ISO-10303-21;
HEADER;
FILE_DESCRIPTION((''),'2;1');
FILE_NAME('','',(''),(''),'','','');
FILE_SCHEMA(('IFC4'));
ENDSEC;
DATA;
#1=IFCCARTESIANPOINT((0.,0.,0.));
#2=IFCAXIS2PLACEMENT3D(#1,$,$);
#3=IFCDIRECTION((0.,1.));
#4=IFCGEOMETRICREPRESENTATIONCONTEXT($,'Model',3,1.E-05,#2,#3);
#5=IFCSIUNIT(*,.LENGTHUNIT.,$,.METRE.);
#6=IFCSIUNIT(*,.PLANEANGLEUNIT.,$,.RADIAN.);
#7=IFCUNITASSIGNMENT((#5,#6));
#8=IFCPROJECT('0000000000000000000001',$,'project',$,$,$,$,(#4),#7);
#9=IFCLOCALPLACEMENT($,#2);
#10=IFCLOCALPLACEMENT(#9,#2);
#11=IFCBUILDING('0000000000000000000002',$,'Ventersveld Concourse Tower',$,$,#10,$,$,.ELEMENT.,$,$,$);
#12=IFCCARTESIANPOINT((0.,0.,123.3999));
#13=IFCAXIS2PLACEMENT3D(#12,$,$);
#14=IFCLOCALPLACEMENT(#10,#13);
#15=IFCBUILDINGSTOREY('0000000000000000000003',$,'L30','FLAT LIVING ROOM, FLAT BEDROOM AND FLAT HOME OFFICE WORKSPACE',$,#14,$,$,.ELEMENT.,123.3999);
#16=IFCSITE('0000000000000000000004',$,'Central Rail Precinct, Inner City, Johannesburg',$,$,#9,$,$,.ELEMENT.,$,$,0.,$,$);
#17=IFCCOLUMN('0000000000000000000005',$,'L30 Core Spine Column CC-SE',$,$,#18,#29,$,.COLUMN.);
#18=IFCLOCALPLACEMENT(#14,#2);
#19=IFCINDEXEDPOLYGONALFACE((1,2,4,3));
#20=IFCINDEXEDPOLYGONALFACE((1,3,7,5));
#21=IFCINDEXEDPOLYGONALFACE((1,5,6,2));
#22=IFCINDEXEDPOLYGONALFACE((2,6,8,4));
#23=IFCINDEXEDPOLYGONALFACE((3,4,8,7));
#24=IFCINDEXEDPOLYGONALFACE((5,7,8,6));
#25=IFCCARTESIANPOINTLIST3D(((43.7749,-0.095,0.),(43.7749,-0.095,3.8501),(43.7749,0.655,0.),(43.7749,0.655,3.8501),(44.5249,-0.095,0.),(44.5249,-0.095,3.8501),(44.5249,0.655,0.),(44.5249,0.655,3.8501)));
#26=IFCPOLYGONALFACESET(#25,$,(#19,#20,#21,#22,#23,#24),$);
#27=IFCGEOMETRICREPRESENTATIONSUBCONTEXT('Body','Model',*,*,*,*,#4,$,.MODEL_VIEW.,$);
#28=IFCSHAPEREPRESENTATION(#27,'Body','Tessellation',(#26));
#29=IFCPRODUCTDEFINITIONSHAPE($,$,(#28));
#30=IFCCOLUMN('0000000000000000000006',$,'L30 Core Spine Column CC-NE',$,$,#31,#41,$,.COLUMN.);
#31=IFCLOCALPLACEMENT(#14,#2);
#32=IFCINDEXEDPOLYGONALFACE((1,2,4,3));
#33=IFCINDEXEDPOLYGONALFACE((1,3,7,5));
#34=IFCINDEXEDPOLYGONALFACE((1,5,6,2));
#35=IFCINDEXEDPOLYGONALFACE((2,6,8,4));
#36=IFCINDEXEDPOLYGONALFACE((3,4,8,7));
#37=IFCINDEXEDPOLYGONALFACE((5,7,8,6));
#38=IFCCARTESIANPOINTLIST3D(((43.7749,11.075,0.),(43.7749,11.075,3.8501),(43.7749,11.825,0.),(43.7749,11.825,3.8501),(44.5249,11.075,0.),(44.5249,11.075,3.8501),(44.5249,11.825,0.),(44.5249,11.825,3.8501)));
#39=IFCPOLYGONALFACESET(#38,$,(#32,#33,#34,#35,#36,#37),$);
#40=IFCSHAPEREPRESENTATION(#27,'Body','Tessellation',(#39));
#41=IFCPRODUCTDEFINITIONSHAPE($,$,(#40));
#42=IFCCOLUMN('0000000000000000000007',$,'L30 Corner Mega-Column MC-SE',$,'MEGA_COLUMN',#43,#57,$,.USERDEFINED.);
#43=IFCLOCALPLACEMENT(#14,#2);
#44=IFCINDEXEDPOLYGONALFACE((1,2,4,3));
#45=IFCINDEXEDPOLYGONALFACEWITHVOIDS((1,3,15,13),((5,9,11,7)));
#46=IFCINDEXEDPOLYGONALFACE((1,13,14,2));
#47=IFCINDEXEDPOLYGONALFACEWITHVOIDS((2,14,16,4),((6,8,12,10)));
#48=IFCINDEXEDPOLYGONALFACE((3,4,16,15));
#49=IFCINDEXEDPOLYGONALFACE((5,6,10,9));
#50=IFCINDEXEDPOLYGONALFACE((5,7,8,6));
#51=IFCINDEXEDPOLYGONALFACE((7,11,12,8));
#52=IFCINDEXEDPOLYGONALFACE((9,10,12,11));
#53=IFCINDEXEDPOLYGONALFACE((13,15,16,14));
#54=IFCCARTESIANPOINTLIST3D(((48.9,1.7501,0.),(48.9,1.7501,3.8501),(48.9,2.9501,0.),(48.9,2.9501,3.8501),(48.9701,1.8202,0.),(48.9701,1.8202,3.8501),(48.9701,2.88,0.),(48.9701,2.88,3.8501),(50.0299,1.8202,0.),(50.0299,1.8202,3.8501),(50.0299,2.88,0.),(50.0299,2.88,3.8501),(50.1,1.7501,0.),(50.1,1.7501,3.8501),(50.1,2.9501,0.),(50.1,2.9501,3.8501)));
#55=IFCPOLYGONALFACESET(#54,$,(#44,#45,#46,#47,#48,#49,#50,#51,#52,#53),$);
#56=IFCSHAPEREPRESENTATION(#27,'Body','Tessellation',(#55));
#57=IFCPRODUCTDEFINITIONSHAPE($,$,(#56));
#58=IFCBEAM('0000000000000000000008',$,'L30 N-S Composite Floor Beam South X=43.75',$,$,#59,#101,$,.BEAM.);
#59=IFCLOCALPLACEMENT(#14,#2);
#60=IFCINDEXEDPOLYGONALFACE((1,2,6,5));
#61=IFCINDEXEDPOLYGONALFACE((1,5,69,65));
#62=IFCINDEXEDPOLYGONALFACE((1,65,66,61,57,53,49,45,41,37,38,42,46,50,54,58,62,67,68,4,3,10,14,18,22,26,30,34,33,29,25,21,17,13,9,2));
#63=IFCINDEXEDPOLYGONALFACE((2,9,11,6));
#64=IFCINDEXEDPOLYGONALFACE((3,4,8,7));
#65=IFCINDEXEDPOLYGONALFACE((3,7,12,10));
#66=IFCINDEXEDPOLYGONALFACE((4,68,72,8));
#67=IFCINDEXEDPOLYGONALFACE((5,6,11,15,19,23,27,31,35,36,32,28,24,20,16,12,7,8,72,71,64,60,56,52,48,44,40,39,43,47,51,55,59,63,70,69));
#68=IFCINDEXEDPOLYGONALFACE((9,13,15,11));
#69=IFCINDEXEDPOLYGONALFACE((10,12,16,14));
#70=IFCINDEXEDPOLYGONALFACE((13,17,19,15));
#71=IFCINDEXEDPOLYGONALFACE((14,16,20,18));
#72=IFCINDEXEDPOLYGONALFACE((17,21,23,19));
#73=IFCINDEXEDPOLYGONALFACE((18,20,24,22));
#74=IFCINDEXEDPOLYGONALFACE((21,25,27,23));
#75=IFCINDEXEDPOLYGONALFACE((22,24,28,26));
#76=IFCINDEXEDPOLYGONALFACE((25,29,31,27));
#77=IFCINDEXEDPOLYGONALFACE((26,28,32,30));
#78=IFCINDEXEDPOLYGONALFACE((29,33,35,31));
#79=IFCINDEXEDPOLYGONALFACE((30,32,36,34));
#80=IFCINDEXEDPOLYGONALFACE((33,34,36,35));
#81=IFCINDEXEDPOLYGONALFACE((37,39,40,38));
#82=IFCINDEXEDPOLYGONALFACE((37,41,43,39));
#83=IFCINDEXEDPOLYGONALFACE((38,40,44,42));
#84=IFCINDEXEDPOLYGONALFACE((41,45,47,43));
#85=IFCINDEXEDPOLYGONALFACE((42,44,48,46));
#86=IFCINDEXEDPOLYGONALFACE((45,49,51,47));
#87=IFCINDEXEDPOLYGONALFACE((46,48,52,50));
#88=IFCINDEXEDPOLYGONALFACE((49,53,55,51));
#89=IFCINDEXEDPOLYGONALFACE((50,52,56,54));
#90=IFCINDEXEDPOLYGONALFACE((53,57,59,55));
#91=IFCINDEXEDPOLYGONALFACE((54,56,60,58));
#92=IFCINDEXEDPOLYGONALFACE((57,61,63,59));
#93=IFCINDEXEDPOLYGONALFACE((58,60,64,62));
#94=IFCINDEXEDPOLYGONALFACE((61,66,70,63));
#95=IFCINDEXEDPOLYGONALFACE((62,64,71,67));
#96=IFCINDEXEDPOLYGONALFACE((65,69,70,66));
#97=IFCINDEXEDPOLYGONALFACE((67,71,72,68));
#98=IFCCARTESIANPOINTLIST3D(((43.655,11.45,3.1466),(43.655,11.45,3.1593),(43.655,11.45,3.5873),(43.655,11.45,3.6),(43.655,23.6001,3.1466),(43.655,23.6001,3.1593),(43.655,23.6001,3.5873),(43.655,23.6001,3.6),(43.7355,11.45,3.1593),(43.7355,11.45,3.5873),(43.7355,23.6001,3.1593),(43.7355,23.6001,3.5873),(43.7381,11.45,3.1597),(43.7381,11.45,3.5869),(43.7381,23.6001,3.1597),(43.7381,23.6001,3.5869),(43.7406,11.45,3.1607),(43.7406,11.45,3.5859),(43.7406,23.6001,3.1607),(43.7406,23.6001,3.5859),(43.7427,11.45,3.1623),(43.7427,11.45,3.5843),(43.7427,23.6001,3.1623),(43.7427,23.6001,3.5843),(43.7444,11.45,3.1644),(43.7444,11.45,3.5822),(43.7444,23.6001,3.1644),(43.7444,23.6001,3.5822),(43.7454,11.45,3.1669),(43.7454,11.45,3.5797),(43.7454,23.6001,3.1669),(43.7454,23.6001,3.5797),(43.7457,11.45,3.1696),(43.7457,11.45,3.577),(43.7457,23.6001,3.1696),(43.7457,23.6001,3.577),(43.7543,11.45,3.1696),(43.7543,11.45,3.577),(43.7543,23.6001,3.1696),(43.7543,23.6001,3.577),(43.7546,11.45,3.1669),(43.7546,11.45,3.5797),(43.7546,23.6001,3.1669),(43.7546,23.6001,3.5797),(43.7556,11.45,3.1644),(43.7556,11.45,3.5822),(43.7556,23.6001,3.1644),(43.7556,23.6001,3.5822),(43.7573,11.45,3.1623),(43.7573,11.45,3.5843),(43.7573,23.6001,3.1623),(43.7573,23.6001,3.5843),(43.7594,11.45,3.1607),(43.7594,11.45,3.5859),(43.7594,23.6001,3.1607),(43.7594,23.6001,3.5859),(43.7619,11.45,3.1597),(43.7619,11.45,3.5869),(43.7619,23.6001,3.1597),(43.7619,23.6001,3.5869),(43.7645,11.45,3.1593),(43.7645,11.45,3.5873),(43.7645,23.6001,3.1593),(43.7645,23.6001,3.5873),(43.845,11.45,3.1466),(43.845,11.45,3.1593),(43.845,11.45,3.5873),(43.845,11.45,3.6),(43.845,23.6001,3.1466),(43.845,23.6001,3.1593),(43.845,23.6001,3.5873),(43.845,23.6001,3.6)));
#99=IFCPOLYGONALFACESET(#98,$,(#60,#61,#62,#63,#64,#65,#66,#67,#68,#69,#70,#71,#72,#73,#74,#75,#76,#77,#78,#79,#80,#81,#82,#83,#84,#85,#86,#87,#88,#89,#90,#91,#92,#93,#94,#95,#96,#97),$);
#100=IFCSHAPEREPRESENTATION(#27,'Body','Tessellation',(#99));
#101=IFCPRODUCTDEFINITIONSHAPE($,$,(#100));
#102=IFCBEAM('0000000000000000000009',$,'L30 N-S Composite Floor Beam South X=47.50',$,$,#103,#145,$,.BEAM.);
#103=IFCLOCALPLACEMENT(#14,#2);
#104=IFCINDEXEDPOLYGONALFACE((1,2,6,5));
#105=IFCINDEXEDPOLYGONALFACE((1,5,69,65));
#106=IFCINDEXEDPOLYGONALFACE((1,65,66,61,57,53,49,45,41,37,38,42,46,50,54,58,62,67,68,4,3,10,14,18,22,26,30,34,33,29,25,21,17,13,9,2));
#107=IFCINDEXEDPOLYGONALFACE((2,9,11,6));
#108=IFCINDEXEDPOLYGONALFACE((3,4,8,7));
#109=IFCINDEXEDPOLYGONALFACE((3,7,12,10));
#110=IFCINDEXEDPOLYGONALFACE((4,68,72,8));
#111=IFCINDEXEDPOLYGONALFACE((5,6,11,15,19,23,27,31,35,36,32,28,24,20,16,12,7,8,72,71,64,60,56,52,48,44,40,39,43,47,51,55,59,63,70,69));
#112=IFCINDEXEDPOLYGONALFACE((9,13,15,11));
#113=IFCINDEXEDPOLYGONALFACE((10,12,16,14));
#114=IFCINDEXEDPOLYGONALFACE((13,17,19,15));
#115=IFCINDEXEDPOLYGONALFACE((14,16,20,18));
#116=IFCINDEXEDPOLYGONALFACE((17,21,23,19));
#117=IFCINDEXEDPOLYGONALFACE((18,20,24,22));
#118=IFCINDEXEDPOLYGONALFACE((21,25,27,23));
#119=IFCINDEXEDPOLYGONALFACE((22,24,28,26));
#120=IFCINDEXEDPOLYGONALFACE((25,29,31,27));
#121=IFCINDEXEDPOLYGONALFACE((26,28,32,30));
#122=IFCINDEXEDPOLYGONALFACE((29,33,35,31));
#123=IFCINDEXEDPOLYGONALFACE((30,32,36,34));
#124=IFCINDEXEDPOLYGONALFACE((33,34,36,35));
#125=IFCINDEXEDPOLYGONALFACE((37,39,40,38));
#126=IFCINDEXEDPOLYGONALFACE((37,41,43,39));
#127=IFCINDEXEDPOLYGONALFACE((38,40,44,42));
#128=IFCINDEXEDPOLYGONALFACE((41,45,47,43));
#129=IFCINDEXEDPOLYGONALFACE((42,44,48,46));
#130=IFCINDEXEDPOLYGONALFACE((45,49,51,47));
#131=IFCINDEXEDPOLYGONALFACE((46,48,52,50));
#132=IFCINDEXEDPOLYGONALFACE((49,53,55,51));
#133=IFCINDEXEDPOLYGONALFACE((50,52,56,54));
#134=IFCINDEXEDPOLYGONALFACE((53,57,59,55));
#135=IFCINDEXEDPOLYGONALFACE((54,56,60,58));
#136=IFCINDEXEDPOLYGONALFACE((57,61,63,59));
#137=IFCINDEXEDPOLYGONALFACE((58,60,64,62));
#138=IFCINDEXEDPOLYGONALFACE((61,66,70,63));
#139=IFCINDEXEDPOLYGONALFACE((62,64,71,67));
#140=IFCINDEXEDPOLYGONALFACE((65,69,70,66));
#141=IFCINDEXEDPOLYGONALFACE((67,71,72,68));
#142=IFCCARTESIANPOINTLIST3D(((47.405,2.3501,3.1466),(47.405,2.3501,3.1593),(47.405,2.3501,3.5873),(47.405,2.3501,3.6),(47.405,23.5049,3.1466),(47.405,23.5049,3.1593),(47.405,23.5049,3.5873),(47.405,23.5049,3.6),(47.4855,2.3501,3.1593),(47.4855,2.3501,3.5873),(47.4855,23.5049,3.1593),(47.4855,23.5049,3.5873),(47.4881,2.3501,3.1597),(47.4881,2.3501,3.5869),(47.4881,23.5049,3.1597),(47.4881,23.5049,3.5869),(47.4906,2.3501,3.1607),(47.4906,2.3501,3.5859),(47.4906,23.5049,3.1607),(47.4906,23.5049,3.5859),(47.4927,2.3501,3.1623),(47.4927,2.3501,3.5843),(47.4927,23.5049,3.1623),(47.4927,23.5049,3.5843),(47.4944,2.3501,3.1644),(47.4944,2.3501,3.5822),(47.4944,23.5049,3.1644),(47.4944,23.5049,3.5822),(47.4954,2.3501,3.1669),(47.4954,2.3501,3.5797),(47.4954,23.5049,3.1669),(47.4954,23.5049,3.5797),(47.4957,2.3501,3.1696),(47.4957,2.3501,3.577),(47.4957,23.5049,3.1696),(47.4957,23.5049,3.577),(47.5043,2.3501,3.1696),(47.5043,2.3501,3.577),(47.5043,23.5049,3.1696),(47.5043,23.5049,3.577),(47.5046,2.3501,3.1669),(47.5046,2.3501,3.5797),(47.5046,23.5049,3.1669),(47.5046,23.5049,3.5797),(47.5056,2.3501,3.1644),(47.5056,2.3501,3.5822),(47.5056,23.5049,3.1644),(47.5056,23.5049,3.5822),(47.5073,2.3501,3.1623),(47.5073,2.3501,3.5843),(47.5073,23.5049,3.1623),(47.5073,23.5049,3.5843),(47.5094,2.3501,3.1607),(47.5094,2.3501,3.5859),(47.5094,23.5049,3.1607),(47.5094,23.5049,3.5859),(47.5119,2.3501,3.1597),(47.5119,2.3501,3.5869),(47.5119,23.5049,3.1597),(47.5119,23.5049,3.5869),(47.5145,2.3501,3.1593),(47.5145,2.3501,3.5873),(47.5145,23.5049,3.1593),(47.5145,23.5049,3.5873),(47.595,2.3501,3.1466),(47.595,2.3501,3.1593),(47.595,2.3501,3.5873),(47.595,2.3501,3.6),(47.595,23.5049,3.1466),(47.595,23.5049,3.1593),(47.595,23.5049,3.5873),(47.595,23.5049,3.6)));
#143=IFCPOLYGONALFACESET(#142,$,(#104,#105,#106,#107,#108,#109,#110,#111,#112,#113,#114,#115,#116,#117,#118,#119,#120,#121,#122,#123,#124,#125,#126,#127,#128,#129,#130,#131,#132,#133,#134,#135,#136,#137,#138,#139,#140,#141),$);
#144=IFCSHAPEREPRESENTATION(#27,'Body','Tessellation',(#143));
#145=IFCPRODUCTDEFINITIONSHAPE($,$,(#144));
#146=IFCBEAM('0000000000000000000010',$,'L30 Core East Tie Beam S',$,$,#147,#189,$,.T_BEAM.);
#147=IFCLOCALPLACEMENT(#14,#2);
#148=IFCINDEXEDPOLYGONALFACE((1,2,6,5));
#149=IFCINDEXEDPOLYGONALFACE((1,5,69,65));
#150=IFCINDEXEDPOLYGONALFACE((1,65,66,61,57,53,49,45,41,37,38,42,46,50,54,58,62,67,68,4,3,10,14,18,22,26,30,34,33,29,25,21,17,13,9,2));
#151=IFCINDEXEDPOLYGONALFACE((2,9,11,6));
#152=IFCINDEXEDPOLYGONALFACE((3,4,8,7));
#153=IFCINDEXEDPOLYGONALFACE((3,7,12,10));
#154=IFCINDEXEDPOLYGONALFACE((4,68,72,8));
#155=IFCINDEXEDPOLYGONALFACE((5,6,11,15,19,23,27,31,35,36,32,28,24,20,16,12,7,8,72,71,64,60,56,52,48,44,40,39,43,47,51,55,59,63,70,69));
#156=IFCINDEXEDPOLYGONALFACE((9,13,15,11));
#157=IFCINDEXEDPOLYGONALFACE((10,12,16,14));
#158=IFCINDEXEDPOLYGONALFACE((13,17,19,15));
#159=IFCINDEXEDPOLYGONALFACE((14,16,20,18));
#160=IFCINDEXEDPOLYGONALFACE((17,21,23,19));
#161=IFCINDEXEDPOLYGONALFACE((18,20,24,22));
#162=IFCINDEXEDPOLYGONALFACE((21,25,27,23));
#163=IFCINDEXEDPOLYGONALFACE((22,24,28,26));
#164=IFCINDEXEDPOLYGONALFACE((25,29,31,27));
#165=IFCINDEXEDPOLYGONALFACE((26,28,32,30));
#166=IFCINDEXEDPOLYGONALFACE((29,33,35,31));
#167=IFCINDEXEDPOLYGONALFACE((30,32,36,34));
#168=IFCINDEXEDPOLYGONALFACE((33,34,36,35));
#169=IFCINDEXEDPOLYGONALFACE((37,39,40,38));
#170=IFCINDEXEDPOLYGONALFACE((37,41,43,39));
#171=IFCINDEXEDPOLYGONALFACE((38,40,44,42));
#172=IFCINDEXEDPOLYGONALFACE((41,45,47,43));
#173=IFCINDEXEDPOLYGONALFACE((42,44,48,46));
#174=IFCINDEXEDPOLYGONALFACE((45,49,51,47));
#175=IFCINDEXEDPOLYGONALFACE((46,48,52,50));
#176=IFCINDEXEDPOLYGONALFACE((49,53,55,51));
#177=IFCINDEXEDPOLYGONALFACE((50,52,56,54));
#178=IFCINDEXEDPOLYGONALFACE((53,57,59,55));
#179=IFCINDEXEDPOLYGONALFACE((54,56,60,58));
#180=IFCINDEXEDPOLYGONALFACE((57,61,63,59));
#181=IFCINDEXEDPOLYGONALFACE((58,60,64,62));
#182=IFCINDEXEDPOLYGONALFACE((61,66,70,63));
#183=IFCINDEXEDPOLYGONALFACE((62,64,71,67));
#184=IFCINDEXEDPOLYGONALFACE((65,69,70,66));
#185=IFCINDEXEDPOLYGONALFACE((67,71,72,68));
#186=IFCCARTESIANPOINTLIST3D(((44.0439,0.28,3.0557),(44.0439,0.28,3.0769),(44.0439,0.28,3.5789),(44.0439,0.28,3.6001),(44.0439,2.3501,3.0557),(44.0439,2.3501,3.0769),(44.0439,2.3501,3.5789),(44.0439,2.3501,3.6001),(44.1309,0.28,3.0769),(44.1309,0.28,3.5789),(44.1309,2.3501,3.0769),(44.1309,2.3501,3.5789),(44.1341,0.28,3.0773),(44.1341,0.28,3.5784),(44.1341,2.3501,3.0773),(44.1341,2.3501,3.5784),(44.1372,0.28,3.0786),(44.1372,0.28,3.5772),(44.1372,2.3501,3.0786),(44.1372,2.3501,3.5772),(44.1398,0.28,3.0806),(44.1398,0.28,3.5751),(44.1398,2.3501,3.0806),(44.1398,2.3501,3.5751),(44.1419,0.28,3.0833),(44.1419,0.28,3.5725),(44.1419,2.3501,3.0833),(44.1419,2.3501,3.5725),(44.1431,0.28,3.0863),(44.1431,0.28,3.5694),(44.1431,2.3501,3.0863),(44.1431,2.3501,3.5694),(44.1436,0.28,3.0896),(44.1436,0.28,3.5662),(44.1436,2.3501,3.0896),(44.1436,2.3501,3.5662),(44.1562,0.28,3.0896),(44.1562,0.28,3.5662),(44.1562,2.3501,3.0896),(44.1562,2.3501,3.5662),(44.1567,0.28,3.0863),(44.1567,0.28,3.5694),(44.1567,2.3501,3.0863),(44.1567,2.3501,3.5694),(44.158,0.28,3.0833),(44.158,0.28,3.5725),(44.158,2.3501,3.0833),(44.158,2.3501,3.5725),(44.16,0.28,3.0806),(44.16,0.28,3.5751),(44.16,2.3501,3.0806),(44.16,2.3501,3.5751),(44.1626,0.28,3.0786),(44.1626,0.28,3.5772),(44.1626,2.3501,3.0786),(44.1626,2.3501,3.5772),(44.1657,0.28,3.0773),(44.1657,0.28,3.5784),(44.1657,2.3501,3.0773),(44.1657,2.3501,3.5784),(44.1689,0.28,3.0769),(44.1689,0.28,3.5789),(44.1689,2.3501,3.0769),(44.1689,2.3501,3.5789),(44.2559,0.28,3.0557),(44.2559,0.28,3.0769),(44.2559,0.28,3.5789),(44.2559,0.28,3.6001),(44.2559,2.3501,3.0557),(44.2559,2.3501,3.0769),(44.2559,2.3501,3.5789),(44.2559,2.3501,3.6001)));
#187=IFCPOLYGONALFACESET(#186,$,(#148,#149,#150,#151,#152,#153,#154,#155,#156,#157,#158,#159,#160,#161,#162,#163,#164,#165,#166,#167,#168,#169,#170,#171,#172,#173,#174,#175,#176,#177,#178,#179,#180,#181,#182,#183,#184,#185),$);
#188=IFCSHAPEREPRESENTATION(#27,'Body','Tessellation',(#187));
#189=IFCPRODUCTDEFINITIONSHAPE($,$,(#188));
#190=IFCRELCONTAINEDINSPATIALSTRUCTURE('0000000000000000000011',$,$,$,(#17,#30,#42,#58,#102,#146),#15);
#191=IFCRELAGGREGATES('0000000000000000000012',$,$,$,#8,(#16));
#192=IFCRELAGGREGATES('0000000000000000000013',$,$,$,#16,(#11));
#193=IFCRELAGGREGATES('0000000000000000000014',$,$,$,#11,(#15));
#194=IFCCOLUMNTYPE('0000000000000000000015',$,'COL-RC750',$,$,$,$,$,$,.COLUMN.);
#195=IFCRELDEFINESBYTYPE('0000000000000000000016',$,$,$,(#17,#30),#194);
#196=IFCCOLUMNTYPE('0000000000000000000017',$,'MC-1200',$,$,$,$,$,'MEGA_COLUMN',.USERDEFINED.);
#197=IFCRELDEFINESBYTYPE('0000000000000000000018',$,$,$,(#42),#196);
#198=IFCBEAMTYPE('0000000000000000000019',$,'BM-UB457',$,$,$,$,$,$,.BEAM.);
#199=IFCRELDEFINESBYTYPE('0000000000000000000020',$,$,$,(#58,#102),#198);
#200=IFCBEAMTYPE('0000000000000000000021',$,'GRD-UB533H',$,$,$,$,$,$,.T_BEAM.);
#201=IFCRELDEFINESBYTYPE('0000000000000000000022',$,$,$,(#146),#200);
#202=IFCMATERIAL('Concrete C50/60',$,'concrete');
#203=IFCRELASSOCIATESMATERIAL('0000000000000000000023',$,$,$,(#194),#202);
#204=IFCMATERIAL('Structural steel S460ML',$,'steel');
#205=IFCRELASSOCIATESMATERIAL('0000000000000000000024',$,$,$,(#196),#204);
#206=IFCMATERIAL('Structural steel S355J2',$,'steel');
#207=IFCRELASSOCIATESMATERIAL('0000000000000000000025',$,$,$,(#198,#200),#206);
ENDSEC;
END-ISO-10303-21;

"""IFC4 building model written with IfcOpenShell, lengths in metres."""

from ifc_helpers import new_model, si_unit, direction, frame, origin, origin_2d, place, context, subcontext, project, spatial, rectangle, hollow_rectangle, i_section, extrude, material, material_profile, profile_set, type_object, element, save


model = new_model("IFC4")

# Units and contexts
model_context = context("Model", 3, precision=1e-05, world=origin(), true_north=direction((0.0, 1.0)))
body_context = subcontext(model_context, "Body", "Model", "MODEL_VIEW")
ifc_project = project(units=[si_unit("LENGTHUNIT", "METRE"), si_unit("PLANEANGLEUNIT", "RADIAN")], contexts=[model_context])

# Site, building, storey
site_placement = place(None, origin())
site = spatial("IfcSite", under=ifc_project, at=site_placement, Name="Central Rail Precinct, Inner City, Johannesburg", CompositionType="ELEMENT", RefElevation=0.0)
building_placement = place(site_placement, origin())
building = spatial("IfcBuilding", under=site, at=building_placement, Name="Ventersveld Concourse Tower", CompositionType="ELEMENT")
storey_placement = place(building_placement, frame((0.0, 0.0, 123.3999)))
storey = spatial("IfcBuildingStorey", under=building, at=storey_placement, Name="L30", Description="FLAT LIVING ROOM, FLAT BEDROOM AND FLAT HOME OFFICE WORKSPACE", CompositionType="ELEMENT", Elevation=123.3999)

# Columns
ifc_material_1 = material(Name="Concrete C50/60", Category="concrete")
ifc_material_profile_1 = material_profile(ifc_material_1, rectangle(XDim=0.75, YDim=0.75, at=origin_2d()), Name="RC 750x750")
ifc_profile_set_1 = profile_set([ifc_material_profile_1], Name="Concrete C50/60")
column_type_1 = type_object("IfcColumnType", Name="COL-RC750", PredefinedType="COLUMN", material=ifc_profile_set_1)
for number, where, z_axis, x_axis, name in (
    (1, (44.1499, 0.28, 0.0), (0.0, 0.0, 1.0), (1.0, 0.0, 0.0), "L30 Core Spine Column CC-SE"),
    (2, (44.1499, 11.45, 0.0), (0.0, 0.0, 1.0), (1.0, 0.0, 0.0), "L30 Core Spine Column CC-NE"),
):
    element("IfcColumn", number, at=place(storey_placement, frame(where, z_axis=z_axis, x_axis=x_axis)), inside=storey, type_object=column_type_1, Name=name, PredefinedType="COLUMN", context=body_context, shape_type="SweptSolid", body=[
        extrude(rectangle(XDim=0.75, YDim=0.75, at=origin_2d()), origin(), (0.0, 0.0, 1.0), 3.8501),
    ])
ifc_material_2 = material(Name="Structural steel S460ML", Category="steel")
ifc_material_profile_2 = material_profile(ifc_material_2, hollow_rectangle(XDim=1.2, YDim=1.2, WallThickness=0.0701, at=origin_2d()), Name="BOX 1200x1200x70")
ifc_profile_set_2 = profile_set([ifc_material_profile_2], Name="Structural steel S460ML")
column_type_2 = type_object("IfcColumnType", Name="MC-1200", ElementType="MEGA_COLUMN", PredefinedType="USERDEFINED", material=ifc_profile_set_2)
column_placement = place(storey_placement, frame((49.5, 2.3501, 0.0), z_axis=(0.0, 0.0, 1.0), x_axis=(1.0, 0.0, 0.0)))
element("IfcColumn", 3, at=column_placement, inside=storey, type_object=column_type_2, Name="L30 Corner Mega-Column MC-SE", ObjectType="MEGA_COLUMN", PredefinedType="USERDEFINED", context=body_context, shape_type="SweptSolid", body=[
    extrude(hollow_rectangle(XDim=1.2, YDim=1.2, WallThickness=0.0701, at=origin_2d()), origin(), (0.0, 0.0, 1.0), 3.8501),
])

# Beams
ifc_material_3 = material(Name="Structural steel S355J2", Category="steel")
ifc_material_profile_3 = material_profile(ifc_material_3, i_section(OverallWidth=0.1899, OverallDepth=0.4534, WebThickness=0.0085, FlangeThickness=0.0127, FilletRadius=0.0103, at=origin_2d()), Name="UB 457x191x67")
ifc_profile_set_3 = profile_set([ifc_material_profile_3], Name="Structural steel S355J2")
beam_type_1 = type_object("IfcBeamType", Name="BM-UB457", PredefinedType="BEAM", material=ifc_profile_set_3)
beam_1_placement = place(storey_placement, frame((43.75, 11.45, 3.3733), z_axis=(0.0, 1.0, 0.0), x_axis=(-1.0, 0.0, 0.0)))
element("IfcBeam", 4, at=beam_1_placement, inside=storey, type_object=beam_type_1, Name="L30 N-S Composite Floor Beam South X=43.75", PredefinedType="BEAM", context=body_context, shape_type="SweptSolid", body=[
    extrude(i_section(OverallWidth=0.1899, OverallDepth=0.4534, WebThickness=0.0085, FlangeThickness=0.0127, FilletRadius=0.0103, at=origin_2d()), origin(), (0.0, 0.0, 1.0), 12.1501),
])
beam_2_placement = place(storey_placement, frame((47.5, 2.3501, 3.3733), z_axis=(0.0, 1.0, 0.0), x_axis=(-1.0, 0.0, 0.0)))
element("IfcBeam", 5, at=beam_2_placement, inside=storey, type_object=beam_type_1, Name="L30 N-S Composite Floor Beam South X=47.50", PredefinedType="BEAM", context=body_context, shape_type="SweptSolid", body=[
    extrude(i_section(OverallWidth=0.1899, OverallDepth=0.4534, WebThickness=0.0085, FlangeThickness=0.0127, FilletRadius=0.0103, at=origin_2d()), origin(), (0.0, 0.0, 1.0), 21.1548),
])
ifc_material_profile_4 = material_profile(ifc_material_3, i_section(OverallWidth=0.2119, OverallDepth=0.5444, WebThickness=0.0127, FlangeThickness=0.0212, FilletRadius=0.0127, at=origin_2d()), Name="UB 533x210x122")
ifc_profile_set_4 = profile_set([ifc_material_profile_4], Name="Structural steel S355J2")
beam_type_2 = type_object("IfcBeamType", Name="GRD-UB533H", PredefinedType="T_BEAM", material=ifc_profile_set_4)
beam_3_placement = place(storey_placement, frame((44.1499, 0.28, 3.3279), z_axis=(0.0, 1.0, 0.0), x_axis=(-1.0, 0.0, 0.0)))
element("IfcBeam", 6, at=beam_3_placement, inside=storey, type_object=beam_type_2, Name="L30 Core East Tie Beam S", PredefinedType="T_BEAM", context=body_context, shape_type="SweptSolid", body=[
    extrude(i_section(OverallWidth=0.2119, OverallDepth=0.5444, WebThickness=0.0127, FlangeThickness=0.0212, FilletRadius=0.0127, at=origin_2d()), origin(), (0.0, 0.0, 1.0), 2.0701),
])

save(model, "model.ifc")
